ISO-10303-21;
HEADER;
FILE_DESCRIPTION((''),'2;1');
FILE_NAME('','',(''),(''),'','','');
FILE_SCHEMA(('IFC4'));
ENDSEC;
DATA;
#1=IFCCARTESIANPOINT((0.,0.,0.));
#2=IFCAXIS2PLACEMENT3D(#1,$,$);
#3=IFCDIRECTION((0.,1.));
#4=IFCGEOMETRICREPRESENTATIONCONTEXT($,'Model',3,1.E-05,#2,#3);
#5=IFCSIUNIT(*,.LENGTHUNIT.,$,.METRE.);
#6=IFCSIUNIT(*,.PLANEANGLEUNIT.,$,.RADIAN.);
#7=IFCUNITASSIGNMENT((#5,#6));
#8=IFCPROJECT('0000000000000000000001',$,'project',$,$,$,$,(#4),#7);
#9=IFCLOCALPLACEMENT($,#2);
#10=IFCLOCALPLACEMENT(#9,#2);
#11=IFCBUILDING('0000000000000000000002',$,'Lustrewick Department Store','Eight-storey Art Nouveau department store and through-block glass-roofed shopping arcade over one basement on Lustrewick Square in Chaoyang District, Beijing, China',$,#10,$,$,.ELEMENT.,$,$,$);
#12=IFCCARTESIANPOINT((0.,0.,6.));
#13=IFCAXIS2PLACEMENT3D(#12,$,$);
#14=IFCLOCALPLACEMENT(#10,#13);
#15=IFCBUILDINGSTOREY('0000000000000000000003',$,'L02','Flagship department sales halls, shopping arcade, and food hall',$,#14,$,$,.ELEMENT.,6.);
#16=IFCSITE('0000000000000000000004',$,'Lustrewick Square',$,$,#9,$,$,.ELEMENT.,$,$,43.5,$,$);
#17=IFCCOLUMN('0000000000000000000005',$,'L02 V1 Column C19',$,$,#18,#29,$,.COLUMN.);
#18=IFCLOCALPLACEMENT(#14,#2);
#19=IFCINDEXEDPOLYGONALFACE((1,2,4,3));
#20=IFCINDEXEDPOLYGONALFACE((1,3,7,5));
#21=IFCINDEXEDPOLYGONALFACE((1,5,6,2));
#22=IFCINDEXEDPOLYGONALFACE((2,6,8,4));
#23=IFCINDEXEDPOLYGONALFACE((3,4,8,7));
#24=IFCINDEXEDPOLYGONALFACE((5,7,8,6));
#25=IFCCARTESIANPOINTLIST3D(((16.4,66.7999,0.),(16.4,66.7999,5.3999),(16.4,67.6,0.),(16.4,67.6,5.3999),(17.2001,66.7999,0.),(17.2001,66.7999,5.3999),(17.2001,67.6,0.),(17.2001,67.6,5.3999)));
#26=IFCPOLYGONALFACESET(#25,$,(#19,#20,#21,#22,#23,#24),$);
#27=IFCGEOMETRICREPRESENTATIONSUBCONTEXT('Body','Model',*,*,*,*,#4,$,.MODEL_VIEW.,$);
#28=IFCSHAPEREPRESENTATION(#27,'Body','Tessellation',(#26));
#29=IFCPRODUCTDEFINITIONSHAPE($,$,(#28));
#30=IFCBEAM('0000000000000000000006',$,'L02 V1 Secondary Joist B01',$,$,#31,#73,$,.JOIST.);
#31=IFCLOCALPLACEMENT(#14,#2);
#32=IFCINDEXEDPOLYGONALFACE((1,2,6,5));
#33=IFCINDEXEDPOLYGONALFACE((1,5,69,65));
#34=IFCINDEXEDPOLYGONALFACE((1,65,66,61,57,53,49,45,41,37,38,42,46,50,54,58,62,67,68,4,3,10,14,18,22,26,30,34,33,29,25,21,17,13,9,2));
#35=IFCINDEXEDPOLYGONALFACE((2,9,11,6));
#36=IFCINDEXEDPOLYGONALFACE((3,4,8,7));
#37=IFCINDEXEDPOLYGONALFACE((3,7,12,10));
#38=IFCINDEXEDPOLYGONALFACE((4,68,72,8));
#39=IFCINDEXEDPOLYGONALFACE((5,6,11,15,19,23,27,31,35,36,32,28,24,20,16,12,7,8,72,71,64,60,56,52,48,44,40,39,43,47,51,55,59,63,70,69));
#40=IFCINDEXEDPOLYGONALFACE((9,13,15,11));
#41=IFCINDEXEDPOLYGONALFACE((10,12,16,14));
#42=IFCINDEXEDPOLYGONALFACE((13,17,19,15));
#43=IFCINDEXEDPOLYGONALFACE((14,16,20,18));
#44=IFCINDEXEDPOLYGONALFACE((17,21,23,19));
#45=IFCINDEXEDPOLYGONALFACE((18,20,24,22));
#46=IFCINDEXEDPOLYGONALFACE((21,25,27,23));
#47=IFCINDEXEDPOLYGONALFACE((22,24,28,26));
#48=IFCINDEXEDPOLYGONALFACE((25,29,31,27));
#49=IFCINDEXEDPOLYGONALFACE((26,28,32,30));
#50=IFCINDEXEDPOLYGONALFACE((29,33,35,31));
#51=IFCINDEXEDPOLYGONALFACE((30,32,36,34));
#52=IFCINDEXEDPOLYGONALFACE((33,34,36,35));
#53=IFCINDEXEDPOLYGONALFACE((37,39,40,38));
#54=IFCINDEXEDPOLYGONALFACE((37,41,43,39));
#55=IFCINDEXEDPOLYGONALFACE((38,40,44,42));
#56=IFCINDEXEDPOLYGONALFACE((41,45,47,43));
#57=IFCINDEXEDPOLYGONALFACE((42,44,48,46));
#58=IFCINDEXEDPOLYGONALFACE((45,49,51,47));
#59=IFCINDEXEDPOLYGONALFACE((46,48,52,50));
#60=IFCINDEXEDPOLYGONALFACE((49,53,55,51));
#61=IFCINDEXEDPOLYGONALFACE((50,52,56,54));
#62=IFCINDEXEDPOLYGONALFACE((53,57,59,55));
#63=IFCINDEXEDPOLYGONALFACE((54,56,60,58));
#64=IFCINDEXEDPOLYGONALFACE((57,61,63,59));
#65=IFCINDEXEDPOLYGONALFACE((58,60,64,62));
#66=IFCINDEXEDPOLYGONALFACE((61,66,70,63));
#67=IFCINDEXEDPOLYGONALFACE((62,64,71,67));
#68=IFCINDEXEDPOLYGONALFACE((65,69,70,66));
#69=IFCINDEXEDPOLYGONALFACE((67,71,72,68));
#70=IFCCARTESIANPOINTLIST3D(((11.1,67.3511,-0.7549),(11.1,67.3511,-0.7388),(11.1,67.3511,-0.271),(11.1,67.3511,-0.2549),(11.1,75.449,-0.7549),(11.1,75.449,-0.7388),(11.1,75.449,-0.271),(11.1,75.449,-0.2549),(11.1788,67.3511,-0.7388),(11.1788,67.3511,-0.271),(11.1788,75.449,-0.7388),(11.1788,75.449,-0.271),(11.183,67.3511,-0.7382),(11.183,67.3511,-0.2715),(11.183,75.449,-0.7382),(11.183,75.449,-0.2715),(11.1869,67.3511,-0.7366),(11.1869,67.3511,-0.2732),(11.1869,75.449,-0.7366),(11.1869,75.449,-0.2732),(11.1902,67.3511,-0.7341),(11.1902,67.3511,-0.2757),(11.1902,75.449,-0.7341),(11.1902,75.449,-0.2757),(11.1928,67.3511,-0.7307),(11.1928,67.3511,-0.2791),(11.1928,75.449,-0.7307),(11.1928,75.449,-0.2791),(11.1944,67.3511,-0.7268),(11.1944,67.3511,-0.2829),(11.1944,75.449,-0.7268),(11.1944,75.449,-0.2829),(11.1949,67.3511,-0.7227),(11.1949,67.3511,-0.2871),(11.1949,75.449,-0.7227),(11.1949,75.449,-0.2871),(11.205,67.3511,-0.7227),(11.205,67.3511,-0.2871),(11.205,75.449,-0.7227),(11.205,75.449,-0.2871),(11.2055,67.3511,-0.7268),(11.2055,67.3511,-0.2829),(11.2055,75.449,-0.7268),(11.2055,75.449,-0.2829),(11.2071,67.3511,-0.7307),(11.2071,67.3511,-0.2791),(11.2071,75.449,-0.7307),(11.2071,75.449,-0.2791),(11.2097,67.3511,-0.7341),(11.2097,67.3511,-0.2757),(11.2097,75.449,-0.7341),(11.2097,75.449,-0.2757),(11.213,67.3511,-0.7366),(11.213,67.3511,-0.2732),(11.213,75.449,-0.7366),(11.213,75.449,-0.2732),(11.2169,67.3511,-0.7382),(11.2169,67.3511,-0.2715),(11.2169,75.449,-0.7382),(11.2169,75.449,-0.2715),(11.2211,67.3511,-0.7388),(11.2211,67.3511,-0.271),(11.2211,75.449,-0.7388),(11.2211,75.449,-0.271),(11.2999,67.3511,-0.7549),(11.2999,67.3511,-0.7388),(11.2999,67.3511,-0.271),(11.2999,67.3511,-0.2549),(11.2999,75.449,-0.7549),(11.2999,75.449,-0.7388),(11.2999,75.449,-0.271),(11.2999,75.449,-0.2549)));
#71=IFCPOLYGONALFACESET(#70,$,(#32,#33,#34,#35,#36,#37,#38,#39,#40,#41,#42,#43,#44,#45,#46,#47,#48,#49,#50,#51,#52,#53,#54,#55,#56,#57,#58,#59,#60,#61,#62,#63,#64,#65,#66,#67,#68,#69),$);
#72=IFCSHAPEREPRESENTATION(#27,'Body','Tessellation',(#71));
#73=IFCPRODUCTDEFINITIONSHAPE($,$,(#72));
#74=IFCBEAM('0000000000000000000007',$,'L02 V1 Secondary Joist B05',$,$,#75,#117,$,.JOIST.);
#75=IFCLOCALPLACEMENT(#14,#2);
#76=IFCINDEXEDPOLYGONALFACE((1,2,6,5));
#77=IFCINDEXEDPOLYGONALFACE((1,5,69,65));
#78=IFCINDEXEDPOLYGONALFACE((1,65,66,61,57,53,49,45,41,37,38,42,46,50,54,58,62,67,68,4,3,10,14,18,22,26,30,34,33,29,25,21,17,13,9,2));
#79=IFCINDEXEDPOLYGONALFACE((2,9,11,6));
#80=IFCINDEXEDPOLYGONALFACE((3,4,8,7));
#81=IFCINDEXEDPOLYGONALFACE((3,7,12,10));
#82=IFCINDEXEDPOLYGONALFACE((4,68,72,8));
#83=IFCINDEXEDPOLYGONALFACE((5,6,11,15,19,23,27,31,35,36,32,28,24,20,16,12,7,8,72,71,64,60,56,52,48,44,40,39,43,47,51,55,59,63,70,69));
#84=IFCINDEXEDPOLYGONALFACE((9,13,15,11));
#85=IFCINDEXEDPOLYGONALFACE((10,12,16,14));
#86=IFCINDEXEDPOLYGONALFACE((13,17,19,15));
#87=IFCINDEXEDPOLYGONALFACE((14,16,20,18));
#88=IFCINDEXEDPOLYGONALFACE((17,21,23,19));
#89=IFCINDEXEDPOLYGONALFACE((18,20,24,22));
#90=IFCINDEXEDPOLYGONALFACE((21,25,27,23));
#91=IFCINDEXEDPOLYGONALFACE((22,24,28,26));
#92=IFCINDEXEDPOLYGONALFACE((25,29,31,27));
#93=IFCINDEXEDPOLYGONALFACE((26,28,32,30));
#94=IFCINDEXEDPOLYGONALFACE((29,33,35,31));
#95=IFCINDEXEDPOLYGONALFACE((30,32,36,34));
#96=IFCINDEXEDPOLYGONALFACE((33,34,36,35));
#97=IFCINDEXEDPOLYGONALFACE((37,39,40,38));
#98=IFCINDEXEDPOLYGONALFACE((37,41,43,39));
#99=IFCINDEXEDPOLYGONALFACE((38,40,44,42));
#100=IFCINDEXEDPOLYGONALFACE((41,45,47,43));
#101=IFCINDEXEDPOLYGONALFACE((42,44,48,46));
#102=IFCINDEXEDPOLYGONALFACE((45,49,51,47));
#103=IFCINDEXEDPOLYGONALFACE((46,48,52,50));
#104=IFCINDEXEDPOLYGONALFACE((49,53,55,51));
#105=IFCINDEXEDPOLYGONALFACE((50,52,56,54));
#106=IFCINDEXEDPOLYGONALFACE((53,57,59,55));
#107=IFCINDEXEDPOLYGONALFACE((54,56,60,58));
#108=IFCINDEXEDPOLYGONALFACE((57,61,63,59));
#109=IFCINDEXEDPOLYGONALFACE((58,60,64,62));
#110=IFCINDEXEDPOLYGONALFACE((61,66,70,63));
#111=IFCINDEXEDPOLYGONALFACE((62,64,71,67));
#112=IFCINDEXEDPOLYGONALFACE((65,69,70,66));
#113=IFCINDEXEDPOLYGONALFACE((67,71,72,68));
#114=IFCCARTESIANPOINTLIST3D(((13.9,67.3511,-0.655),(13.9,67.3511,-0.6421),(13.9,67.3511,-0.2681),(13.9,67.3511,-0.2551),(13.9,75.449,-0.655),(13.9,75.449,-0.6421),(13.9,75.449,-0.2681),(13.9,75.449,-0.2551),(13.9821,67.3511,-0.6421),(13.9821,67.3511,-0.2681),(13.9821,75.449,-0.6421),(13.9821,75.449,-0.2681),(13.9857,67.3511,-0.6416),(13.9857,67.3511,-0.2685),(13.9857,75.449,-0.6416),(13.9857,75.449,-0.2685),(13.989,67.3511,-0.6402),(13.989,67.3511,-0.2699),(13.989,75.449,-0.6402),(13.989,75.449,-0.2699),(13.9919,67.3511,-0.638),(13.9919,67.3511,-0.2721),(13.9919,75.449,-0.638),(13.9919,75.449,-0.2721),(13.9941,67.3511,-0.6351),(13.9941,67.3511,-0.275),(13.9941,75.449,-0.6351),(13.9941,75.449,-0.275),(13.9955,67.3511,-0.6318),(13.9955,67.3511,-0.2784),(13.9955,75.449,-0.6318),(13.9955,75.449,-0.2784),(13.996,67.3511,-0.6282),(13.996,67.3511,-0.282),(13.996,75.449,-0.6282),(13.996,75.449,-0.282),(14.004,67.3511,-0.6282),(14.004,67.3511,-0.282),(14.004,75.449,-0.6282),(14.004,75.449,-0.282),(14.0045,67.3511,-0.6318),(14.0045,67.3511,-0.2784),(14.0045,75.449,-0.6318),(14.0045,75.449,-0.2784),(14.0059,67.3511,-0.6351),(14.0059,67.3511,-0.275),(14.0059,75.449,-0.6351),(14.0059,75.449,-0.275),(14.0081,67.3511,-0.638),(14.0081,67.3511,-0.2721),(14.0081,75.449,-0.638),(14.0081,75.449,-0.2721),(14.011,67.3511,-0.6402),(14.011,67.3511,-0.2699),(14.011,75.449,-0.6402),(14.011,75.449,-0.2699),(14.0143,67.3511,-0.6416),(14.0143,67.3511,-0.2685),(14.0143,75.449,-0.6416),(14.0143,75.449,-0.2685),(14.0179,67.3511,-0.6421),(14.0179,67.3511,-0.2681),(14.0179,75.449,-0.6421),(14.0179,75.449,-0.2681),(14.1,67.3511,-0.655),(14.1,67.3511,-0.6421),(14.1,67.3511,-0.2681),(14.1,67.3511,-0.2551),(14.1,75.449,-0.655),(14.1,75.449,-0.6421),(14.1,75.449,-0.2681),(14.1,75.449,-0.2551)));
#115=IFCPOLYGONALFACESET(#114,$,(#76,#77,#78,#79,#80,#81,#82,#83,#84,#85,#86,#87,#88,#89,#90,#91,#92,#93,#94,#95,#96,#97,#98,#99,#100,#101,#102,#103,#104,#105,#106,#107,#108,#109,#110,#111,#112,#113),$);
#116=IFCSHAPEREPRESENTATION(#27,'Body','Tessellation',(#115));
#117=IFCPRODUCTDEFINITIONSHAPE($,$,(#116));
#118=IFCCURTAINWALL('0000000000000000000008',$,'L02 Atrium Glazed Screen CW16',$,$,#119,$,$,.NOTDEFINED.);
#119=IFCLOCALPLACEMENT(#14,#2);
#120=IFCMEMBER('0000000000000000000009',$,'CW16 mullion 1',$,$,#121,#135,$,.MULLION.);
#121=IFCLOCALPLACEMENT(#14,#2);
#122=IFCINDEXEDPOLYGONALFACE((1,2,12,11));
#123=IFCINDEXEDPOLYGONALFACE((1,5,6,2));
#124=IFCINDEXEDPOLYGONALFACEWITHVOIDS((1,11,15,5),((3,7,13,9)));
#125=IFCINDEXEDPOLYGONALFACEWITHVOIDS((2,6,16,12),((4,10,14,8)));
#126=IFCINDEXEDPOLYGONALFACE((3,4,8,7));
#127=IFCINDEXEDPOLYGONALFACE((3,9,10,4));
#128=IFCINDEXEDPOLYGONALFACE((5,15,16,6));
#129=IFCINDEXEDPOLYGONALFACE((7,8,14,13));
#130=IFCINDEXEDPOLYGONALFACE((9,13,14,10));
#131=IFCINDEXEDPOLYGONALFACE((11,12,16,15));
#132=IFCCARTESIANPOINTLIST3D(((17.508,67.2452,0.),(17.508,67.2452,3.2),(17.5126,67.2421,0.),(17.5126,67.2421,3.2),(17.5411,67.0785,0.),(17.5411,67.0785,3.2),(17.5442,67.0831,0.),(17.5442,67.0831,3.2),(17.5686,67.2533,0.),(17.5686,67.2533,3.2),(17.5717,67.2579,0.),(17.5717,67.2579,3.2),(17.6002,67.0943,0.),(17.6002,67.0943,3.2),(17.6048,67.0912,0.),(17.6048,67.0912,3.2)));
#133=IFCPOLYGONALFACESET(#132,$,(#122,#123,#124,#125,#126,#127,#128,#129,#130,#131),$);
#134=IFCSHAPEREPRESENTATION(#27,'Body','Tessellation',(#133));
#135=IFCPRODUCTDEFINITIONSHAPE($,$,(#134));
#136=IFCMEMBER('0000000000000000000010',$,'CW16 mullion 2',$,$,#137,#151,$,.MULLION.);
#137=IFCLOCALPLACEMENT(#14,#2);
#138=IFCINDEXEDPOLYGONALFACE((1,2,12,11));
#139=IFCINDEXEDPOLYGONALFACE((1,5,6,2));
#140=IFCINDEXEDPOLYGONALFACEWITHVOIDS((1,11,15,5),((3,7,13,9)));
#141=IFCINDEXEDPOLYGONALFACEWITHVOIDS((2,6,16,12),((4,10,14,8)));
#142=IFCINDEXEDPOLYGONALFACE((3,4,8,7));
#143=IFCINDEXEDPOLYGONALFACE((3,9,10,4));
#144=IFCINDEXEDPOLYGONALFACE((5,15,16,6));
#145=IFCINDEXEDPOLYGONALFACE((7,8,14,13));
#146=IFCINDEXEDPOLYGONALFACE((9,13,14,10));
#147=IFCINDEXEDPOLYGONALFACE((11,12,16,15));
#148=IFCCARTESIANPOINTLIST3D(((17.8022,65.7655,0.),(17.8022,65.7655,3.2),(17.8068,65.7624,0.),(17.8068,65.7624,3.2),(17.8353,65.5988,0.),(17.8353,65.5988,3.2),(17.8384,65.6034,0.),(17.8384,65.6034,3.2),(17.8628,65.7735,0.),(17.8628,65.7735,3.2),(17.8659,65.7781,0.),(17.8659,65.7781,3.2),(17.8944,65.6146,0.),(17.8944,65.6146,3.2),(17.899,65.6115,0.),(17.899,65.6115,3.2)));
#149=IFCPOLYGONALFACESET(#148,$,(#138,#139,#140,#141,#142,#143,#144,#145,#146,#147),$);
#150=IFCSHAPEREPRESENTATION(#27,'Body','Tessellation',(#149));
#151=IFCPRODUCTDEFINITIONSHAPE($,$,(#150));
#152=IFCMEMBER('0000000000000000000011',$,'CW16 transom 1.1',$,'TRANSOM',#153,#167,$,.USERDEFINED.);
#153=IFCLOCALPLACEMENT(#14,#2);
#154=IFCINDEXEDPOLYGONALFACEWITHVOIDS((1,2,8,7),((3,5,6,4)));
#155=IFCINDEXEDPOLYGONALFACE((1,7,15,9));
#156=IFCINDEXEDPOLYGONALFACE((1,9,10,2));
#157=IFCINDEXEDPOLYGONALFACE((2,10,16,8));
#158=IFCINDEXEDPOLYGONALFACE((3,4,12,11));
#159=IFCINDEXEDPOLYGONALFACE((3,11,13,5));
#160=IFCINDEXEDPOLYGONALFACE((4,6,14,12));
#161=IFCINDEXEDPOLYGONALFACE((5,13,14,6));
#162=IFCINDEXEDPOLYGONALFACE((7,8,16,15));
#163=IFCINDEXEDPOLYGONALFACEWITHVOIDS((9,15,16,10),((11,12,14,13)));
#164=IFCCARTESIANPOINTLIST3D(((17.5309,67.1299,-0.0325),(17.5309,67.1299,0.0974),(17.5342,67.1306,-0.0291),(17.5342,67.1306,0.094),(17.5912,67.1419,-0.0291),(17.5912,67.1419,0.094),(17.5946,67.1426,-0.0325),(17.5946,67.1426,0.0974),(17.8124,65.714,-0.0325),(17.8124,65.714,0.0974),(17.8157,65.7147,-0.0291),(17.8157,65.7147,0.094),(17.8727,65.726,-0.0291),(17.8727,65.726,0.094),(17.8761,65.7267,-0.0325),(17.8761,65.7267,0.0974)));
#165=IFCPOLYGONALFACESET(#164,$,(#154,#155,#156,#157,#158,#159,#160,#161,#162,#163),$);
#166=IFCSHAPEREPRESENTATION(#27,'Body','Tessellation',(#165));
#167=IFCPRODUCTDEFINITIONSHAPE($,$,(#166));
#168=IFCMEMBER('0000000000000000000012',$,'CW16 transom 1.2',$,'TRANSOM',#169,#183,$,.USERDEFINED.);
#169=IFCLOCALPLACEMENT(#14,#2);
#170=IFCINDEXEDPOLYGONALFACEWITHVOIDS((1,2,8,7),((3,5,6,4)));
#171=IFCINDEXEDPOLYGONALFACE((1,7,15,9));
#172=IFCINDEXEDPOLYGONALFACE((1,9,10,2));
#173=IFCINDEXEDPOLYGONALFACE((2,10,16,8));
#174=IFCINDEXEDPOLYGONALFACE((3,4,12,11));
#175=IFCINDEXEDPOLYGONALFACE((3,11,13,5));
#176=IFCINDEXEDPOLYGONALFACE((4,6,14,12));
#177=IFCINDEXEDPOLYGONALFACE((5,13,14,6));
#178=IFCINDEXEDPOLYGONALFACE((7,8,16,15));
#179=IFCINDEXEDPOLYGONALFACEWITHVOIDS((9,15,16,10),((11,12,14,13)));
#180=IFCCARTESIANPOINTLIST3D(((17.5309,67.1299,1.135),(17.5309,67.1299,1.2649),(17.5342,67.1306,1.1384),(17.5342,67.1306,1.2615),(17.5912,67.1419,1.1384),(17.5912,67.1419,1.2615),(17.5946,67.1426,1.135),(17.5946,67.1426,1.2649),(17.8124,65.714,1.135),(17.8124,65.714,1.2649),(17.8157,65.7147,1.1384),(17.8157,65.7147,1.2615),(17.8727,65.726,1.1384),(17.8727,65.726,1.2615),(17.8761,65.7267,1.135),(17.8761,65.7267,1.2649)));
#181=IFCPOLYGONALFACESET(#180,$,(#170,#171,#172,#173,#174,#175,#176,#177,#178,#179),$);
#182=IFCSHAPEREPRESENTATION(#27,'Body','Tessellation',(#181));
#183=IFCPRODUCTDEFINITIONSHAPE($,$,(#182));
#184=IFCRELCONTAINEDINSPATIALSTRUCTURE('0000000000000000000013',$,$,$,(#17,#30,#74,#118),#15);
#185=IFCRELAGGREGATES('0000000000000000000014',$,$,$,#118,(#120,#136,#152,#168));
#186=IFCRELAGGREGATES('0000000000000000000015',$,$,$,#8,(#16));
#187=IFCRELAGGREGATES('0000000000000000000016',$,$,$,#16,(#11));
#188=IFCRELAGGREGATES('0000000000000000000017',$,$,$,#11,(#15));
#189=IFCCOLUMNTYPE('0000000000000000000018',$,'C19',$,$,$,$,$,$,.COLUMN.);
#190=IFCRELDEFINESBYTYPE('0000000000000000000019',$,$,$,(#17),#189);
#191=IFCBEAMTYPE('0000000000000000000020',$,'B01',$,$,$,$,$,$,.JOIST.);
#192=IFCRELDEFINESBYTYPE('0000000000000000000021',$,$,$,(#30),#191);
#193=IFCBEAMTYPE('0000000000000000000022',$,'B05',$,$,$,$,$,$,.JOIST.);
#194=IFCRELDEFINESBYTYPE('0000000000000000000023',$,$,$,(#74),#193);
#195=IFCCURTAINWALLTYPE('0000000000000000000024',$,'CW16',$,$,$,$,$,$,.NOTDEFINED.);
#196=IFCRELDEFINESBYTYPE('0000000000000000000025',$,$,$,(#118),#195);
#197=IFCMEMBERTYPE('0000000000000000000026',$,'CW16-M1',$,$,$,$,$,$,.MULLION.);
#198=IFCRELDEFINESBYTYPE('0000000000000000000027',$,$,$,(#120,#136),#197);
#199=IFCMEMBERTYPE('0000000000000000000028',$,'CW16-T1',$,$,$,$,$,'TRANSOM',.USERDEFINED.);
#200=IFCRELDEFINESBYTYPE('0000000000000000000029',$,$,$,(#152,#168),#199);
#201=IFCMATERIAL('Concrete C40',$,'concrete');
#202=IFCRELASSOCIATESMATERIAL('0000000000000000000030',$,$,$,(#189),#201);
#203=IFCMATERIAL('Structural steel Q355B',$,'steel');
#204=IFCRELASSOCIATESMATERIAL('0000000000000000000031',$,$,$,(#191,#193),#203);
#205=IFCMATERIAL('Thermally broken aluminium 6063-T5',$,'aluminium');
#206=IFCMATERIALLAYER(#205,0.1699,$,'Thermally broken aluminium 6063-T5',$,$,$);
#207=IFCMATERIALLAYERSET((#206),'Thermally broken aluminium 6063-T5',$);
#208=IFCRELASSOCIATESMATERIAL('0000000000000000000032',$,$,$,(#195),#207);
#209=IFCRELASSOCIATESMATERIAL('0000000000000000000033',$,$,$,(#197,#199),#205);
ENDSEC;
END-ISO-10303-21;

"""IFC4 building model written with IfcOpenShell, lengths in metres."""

from ifc_helpers import new_model, si_unit, direction, frame, origin, origin_2d, place, context, subcontext, project, spatial, rectangle, hollow_rectangle, i_section, extrude, material, layer, layer_set, material_profile, profile_set, type_object, element, aggregate, save


model = new_model("IFC4")

# Units and contexts
model_context = context("Model", 3, precision=1e-05, world=origin(), true_north=direction((0.0, 1.0)))
body_context = subcontext(model_context, "Body", "Model", "MODEL_VIEW")
ifc_project = project(units=[si_unit("LENGTHUNIT", "METRE"), si_unit("PLANEANGLEUNIT", "RADIAN")], contexts=[model_context])

# Site, building, storey
site_placement = place(None, origin())
site = spatial("IfcSite", under=ifc_project, at=site_placement, Name="Lustrewick Square", CompositionType="ELEMENT", RefElevation=43.5)
building_placement = place(site_placement, origin())
building = spatial("IfcBuilding", under=site, at=building_placement, Name="Lustrewick Department Store", Description="Eight-storey Art Nouveau department store and through-block glass-roofed shopping arcade over one basement on Lustrewick Square in Chaoyang District, Beijing, China", CompositionType="ELEMENT")
storey_placement = place(building_placement, frame((0.0, 0.0, 6.0)))
storey = spatial("IfcBuildingStorey", under=building, at=storey_placement, Name="L02", Description="Flagship department sales halls, shopping arcade, and food hall", CompositionType="ELEMENT", Elevation=6.0)

# Column
ifc_material_1 = material(Name="Concrete C40", Category="concrete")
ifc_material_profile_1 = material_profile(ifc_material_1, rectangle(XDim=0.8, YDim=0.8, at=origin_2d()), Name="RC 800x800")
ifc_profile_set_1 = profile_set([ifc_material_profile_1], Name="Concrete C40")
column_type = type_object("IfcColumnType", Name="C19", PredefinedType="COLUMN", material=ifc_profile_set_1)
column_placement = place(storey_placement, frame((16.8, 67.2, 0.0), z_axis=(0.0, 0.0, 1.0), x_axis=(1.0, 0.0, 0.0)))
element("IfcColumn", 1, at=column_placement, inside=storey, type_object=column_type, Name="L02 V1 Column C19", PredefinedType="COLUMN", context=body_context, shape_type="SweptSolid", body=[
    extrude(rectangle(XDim=0.8, YDim=0.8, at=origin_2d()), origin(), (0.0, 0.0, 1.0), 5.3999),
])

# Beams
ifc_material_2 = material(Name="Structural steel Q355B", Category="steel")
ifc_material_profile_2 = material_profile(ifc_material_2, i_section(OverallWidth=0.2, OverallDepth=0.5, WebThickness=0.01, FlangeThickness=0.0161, FilletRadius=0.0161, at=origin_2d()), Name="HN 500x200x10x16")
ifc_profile_set_2 = profile_set([ifc_material_profile_2], Name="Structural steel Q355B")
beam_type_1 = type_object("IfcBeamType", Name="B01", PredefinedType="JOIST", material=ifc_profile_set_2)
beam_1_placement = place(storey_placement, frame((11.2, 67.3511, -0.5049), z_axis=(0.0, 1.0, 0.0), x_axis=(-1.0, 0.0, 0.0)))
element("IfcBeam", 2, at=beam_1_placement, inside=storey, type_object=beam_type_1, Name="L02 V1 Secondary Joist B01", PredefinedType="JOIST", context=body_context, shape_type="SweptSolid", body=[
    extrude(i_section(OverallWidth=0.2, OverallDepth=0.5, WebThickness=0.01, FlangeThickness=0.0161, FilletRadius=0.0161, at=origin_2d()), origin(), (0.0, 0.0, 1.0), 8.0979),
])
ifc_material_profile_3 = material_profile(ifc_material_2, i_section(OverallWidth=0.2, OverallDepth=0.3999, WebThickness=0.0081, FlangeThickness=0.0129, FilletRadius=0.0139, at=origin_2d()), Name="HN 400x200x8x13")
ifc_profile_set_3 = profile_set([ifc_material_profile_3], Name="Structural steel Q355B")
beam_type_2 = type_object("IfcBeamType", Name="B05", PredefinedType="JOIST", material=ifc_profile_set_3)
beam_2_placement = place(storey_placement, frame((14.0, 67.3511, -0.4551), z_axis=(0.0, 1.0, 0.0), x_axis=(-1.0, 0.0, 0.0)))
element("IfcBeam", 3, at=beam_2_placement, inside=storey, type_object=beam_type_2, Name="L02 V1 Secondary Joist B05", PredefinedType="JOIST", context=body_context, shape_type="SweptSolid", body=[
    extrude(i_section(OverallWidth=0.2, OverallDepth=0.3999, WebThickness=0.0081, FlangeThickness=0.0129, FilletRadius=0.0139, at=origin_2d()), origin(), (0.0, 0.0, 1.0), 8.0979),
])

# Curtain wall, members
ifc_material_3 = material(Name="Thermally broken aluminium 6063-T5", Category="aluminium")
ifc_layer_1 = layer(ifc_material_3, 0.1699, Name="Thermally broken aluminium 6063-T5")
ifc_layer_set_1 = layer_set([ifc_layer_1], Name="Thermally broken aluminium 6063-T5")
curtain_wall_type_1 = type_object("IfcCurtainWallType", Name="CW16", PredefinedType="NOTDEFINED", material=ifc_layer_set_1)
curtain_wall_1_placement = place(storey_placement, origin())
curtain_wall_1 = element("IfcCurtainWall", 4, at=curtain_wall_1_placement, inside=storey, type_object=curtain_wall_type_1, Name="L02 Atrium Glazed Screen CW16", PredefinedType="NOTDEFINED")
ifc_material_profile_4 = material_profile(ifc_material_3, hollow_rectangle(XDim=0.0649, YDim=0.1699, WallThickness=0.0039, at=origin_2d()), Name="ALU-M 65x170x4")
ifc_profile_set_4 = profile_set([ifc_material_profile_4], Name="Thermally broken aluminium 6063-T5")
member_type_1 = type_object("IfcMemberType", Name="CW16-M1", PredefinedType="MULLION", material=ifc_profile_set_4)
member_1_placement = place(storey_placement, frame((17.5564, 67.1682, 0.0), z_axis=(0.0, 0.0, 1.0), x_axis=(0.980786, 0.195085, 0.0)))
member_1 = element("IfcMember", 5, at=member_1_placement, type_object=member_type_1, Name="CW16 mullion 1", PredefinedType="MULLION", context=body_context, shape_type="SweptSolid", body=[
    extrude(hollow_rectangle(XDim=0.0649, YDim=0.1699, WallThickness=0.0039, at=origin_2d()), origin(), (0.0, 0.0, 1.0), 3.2),
])
member_2_placement = place(storey_placement, frame((17.8506, 65.6885, 0.0), z_axis=(0.0, 0.0, 1.0), x_axis=(0.980786, 0.195085, 0.0)))
member_2 = element("IfcMember", 6, at=member_2_placement, type_object=member_type_1, Name="CW16 mullion 2", PredefinedType="MULLION", context=body_context, shape_type="SweptSolid", body=[
    extrude(hollow_rectangle(XDim=0.0649, YDim=0.1699, WallThickness=0.0039, at=origin_2d()), origin(), (0.0, 0.0, 1.0), 3.2),
])
ifc_material_profile_5 = material_profile(ifc_material_3, hollow_rectangle(XDim=0.0649, YDim=0.1299, WallThickness=0.0034, at=origin_2d()), Name="ALU-T 65x130x3.5")
ifc_profile_set_5 = profile_set([ifc_material_profile_5], Name="Thermally broken aluminium 6063-T5")
member_type_2 = type_object("IfcMemberType", Name="CW16-T1", ElementType="TRANSOM", PredefinedType="USERDEFINED", material=ifc_profile_set_5)
member_3_placement = place(storey_placement, frame((17.5627, 67.1362, 0.0325), z_axis=(0.194978, -0.980808, 0.0), x_axis=(0.980808, 0.194978, 0.0)))
member_3 = element("IfcMember", 7, at=member_3_placement, type_object=member_type_2, Name="CW16 transom 1.1", ObjectType="TRANSOM", PredefinedType="USERDEFINED", context=body_context, shape_type="SweptSolid", body=[
    extrude(hollow_rectangle(XDim=0.0649, YDim=0.1299, WallThickness=0.0034, at=origin_2d()), origin(), (0.0, 0.0, 1.0), 1.4436),
])
member_4_placement = place(storey_placement, frame((17.5627, 67.1362, 1.2), z_axis=(0.194978, -0.980808, 0.0), x_axis=(0.980808, 0.194978, 0.0)))
member_4 = element("IfcMember", 8, at=member_4_placement, type_object=member_type_2, Name="CW16 transom 1.2", ObjectType="TRANSOM", PredefinedType="USERDEFINED", context=body_context, shape_type="SweptSolid", body=[
    extrude(hollow_rectangle(XDim=0.0649, YDim=0.1299, WallThickness=0.0034, at=origin_2d()), origin(), (0.0, 0.0, 1.0), 1.4436),
])

aggregate(curtain_wall_1, [member_1, member_2, member_3, member_4])

save(model, "model.ifc")
